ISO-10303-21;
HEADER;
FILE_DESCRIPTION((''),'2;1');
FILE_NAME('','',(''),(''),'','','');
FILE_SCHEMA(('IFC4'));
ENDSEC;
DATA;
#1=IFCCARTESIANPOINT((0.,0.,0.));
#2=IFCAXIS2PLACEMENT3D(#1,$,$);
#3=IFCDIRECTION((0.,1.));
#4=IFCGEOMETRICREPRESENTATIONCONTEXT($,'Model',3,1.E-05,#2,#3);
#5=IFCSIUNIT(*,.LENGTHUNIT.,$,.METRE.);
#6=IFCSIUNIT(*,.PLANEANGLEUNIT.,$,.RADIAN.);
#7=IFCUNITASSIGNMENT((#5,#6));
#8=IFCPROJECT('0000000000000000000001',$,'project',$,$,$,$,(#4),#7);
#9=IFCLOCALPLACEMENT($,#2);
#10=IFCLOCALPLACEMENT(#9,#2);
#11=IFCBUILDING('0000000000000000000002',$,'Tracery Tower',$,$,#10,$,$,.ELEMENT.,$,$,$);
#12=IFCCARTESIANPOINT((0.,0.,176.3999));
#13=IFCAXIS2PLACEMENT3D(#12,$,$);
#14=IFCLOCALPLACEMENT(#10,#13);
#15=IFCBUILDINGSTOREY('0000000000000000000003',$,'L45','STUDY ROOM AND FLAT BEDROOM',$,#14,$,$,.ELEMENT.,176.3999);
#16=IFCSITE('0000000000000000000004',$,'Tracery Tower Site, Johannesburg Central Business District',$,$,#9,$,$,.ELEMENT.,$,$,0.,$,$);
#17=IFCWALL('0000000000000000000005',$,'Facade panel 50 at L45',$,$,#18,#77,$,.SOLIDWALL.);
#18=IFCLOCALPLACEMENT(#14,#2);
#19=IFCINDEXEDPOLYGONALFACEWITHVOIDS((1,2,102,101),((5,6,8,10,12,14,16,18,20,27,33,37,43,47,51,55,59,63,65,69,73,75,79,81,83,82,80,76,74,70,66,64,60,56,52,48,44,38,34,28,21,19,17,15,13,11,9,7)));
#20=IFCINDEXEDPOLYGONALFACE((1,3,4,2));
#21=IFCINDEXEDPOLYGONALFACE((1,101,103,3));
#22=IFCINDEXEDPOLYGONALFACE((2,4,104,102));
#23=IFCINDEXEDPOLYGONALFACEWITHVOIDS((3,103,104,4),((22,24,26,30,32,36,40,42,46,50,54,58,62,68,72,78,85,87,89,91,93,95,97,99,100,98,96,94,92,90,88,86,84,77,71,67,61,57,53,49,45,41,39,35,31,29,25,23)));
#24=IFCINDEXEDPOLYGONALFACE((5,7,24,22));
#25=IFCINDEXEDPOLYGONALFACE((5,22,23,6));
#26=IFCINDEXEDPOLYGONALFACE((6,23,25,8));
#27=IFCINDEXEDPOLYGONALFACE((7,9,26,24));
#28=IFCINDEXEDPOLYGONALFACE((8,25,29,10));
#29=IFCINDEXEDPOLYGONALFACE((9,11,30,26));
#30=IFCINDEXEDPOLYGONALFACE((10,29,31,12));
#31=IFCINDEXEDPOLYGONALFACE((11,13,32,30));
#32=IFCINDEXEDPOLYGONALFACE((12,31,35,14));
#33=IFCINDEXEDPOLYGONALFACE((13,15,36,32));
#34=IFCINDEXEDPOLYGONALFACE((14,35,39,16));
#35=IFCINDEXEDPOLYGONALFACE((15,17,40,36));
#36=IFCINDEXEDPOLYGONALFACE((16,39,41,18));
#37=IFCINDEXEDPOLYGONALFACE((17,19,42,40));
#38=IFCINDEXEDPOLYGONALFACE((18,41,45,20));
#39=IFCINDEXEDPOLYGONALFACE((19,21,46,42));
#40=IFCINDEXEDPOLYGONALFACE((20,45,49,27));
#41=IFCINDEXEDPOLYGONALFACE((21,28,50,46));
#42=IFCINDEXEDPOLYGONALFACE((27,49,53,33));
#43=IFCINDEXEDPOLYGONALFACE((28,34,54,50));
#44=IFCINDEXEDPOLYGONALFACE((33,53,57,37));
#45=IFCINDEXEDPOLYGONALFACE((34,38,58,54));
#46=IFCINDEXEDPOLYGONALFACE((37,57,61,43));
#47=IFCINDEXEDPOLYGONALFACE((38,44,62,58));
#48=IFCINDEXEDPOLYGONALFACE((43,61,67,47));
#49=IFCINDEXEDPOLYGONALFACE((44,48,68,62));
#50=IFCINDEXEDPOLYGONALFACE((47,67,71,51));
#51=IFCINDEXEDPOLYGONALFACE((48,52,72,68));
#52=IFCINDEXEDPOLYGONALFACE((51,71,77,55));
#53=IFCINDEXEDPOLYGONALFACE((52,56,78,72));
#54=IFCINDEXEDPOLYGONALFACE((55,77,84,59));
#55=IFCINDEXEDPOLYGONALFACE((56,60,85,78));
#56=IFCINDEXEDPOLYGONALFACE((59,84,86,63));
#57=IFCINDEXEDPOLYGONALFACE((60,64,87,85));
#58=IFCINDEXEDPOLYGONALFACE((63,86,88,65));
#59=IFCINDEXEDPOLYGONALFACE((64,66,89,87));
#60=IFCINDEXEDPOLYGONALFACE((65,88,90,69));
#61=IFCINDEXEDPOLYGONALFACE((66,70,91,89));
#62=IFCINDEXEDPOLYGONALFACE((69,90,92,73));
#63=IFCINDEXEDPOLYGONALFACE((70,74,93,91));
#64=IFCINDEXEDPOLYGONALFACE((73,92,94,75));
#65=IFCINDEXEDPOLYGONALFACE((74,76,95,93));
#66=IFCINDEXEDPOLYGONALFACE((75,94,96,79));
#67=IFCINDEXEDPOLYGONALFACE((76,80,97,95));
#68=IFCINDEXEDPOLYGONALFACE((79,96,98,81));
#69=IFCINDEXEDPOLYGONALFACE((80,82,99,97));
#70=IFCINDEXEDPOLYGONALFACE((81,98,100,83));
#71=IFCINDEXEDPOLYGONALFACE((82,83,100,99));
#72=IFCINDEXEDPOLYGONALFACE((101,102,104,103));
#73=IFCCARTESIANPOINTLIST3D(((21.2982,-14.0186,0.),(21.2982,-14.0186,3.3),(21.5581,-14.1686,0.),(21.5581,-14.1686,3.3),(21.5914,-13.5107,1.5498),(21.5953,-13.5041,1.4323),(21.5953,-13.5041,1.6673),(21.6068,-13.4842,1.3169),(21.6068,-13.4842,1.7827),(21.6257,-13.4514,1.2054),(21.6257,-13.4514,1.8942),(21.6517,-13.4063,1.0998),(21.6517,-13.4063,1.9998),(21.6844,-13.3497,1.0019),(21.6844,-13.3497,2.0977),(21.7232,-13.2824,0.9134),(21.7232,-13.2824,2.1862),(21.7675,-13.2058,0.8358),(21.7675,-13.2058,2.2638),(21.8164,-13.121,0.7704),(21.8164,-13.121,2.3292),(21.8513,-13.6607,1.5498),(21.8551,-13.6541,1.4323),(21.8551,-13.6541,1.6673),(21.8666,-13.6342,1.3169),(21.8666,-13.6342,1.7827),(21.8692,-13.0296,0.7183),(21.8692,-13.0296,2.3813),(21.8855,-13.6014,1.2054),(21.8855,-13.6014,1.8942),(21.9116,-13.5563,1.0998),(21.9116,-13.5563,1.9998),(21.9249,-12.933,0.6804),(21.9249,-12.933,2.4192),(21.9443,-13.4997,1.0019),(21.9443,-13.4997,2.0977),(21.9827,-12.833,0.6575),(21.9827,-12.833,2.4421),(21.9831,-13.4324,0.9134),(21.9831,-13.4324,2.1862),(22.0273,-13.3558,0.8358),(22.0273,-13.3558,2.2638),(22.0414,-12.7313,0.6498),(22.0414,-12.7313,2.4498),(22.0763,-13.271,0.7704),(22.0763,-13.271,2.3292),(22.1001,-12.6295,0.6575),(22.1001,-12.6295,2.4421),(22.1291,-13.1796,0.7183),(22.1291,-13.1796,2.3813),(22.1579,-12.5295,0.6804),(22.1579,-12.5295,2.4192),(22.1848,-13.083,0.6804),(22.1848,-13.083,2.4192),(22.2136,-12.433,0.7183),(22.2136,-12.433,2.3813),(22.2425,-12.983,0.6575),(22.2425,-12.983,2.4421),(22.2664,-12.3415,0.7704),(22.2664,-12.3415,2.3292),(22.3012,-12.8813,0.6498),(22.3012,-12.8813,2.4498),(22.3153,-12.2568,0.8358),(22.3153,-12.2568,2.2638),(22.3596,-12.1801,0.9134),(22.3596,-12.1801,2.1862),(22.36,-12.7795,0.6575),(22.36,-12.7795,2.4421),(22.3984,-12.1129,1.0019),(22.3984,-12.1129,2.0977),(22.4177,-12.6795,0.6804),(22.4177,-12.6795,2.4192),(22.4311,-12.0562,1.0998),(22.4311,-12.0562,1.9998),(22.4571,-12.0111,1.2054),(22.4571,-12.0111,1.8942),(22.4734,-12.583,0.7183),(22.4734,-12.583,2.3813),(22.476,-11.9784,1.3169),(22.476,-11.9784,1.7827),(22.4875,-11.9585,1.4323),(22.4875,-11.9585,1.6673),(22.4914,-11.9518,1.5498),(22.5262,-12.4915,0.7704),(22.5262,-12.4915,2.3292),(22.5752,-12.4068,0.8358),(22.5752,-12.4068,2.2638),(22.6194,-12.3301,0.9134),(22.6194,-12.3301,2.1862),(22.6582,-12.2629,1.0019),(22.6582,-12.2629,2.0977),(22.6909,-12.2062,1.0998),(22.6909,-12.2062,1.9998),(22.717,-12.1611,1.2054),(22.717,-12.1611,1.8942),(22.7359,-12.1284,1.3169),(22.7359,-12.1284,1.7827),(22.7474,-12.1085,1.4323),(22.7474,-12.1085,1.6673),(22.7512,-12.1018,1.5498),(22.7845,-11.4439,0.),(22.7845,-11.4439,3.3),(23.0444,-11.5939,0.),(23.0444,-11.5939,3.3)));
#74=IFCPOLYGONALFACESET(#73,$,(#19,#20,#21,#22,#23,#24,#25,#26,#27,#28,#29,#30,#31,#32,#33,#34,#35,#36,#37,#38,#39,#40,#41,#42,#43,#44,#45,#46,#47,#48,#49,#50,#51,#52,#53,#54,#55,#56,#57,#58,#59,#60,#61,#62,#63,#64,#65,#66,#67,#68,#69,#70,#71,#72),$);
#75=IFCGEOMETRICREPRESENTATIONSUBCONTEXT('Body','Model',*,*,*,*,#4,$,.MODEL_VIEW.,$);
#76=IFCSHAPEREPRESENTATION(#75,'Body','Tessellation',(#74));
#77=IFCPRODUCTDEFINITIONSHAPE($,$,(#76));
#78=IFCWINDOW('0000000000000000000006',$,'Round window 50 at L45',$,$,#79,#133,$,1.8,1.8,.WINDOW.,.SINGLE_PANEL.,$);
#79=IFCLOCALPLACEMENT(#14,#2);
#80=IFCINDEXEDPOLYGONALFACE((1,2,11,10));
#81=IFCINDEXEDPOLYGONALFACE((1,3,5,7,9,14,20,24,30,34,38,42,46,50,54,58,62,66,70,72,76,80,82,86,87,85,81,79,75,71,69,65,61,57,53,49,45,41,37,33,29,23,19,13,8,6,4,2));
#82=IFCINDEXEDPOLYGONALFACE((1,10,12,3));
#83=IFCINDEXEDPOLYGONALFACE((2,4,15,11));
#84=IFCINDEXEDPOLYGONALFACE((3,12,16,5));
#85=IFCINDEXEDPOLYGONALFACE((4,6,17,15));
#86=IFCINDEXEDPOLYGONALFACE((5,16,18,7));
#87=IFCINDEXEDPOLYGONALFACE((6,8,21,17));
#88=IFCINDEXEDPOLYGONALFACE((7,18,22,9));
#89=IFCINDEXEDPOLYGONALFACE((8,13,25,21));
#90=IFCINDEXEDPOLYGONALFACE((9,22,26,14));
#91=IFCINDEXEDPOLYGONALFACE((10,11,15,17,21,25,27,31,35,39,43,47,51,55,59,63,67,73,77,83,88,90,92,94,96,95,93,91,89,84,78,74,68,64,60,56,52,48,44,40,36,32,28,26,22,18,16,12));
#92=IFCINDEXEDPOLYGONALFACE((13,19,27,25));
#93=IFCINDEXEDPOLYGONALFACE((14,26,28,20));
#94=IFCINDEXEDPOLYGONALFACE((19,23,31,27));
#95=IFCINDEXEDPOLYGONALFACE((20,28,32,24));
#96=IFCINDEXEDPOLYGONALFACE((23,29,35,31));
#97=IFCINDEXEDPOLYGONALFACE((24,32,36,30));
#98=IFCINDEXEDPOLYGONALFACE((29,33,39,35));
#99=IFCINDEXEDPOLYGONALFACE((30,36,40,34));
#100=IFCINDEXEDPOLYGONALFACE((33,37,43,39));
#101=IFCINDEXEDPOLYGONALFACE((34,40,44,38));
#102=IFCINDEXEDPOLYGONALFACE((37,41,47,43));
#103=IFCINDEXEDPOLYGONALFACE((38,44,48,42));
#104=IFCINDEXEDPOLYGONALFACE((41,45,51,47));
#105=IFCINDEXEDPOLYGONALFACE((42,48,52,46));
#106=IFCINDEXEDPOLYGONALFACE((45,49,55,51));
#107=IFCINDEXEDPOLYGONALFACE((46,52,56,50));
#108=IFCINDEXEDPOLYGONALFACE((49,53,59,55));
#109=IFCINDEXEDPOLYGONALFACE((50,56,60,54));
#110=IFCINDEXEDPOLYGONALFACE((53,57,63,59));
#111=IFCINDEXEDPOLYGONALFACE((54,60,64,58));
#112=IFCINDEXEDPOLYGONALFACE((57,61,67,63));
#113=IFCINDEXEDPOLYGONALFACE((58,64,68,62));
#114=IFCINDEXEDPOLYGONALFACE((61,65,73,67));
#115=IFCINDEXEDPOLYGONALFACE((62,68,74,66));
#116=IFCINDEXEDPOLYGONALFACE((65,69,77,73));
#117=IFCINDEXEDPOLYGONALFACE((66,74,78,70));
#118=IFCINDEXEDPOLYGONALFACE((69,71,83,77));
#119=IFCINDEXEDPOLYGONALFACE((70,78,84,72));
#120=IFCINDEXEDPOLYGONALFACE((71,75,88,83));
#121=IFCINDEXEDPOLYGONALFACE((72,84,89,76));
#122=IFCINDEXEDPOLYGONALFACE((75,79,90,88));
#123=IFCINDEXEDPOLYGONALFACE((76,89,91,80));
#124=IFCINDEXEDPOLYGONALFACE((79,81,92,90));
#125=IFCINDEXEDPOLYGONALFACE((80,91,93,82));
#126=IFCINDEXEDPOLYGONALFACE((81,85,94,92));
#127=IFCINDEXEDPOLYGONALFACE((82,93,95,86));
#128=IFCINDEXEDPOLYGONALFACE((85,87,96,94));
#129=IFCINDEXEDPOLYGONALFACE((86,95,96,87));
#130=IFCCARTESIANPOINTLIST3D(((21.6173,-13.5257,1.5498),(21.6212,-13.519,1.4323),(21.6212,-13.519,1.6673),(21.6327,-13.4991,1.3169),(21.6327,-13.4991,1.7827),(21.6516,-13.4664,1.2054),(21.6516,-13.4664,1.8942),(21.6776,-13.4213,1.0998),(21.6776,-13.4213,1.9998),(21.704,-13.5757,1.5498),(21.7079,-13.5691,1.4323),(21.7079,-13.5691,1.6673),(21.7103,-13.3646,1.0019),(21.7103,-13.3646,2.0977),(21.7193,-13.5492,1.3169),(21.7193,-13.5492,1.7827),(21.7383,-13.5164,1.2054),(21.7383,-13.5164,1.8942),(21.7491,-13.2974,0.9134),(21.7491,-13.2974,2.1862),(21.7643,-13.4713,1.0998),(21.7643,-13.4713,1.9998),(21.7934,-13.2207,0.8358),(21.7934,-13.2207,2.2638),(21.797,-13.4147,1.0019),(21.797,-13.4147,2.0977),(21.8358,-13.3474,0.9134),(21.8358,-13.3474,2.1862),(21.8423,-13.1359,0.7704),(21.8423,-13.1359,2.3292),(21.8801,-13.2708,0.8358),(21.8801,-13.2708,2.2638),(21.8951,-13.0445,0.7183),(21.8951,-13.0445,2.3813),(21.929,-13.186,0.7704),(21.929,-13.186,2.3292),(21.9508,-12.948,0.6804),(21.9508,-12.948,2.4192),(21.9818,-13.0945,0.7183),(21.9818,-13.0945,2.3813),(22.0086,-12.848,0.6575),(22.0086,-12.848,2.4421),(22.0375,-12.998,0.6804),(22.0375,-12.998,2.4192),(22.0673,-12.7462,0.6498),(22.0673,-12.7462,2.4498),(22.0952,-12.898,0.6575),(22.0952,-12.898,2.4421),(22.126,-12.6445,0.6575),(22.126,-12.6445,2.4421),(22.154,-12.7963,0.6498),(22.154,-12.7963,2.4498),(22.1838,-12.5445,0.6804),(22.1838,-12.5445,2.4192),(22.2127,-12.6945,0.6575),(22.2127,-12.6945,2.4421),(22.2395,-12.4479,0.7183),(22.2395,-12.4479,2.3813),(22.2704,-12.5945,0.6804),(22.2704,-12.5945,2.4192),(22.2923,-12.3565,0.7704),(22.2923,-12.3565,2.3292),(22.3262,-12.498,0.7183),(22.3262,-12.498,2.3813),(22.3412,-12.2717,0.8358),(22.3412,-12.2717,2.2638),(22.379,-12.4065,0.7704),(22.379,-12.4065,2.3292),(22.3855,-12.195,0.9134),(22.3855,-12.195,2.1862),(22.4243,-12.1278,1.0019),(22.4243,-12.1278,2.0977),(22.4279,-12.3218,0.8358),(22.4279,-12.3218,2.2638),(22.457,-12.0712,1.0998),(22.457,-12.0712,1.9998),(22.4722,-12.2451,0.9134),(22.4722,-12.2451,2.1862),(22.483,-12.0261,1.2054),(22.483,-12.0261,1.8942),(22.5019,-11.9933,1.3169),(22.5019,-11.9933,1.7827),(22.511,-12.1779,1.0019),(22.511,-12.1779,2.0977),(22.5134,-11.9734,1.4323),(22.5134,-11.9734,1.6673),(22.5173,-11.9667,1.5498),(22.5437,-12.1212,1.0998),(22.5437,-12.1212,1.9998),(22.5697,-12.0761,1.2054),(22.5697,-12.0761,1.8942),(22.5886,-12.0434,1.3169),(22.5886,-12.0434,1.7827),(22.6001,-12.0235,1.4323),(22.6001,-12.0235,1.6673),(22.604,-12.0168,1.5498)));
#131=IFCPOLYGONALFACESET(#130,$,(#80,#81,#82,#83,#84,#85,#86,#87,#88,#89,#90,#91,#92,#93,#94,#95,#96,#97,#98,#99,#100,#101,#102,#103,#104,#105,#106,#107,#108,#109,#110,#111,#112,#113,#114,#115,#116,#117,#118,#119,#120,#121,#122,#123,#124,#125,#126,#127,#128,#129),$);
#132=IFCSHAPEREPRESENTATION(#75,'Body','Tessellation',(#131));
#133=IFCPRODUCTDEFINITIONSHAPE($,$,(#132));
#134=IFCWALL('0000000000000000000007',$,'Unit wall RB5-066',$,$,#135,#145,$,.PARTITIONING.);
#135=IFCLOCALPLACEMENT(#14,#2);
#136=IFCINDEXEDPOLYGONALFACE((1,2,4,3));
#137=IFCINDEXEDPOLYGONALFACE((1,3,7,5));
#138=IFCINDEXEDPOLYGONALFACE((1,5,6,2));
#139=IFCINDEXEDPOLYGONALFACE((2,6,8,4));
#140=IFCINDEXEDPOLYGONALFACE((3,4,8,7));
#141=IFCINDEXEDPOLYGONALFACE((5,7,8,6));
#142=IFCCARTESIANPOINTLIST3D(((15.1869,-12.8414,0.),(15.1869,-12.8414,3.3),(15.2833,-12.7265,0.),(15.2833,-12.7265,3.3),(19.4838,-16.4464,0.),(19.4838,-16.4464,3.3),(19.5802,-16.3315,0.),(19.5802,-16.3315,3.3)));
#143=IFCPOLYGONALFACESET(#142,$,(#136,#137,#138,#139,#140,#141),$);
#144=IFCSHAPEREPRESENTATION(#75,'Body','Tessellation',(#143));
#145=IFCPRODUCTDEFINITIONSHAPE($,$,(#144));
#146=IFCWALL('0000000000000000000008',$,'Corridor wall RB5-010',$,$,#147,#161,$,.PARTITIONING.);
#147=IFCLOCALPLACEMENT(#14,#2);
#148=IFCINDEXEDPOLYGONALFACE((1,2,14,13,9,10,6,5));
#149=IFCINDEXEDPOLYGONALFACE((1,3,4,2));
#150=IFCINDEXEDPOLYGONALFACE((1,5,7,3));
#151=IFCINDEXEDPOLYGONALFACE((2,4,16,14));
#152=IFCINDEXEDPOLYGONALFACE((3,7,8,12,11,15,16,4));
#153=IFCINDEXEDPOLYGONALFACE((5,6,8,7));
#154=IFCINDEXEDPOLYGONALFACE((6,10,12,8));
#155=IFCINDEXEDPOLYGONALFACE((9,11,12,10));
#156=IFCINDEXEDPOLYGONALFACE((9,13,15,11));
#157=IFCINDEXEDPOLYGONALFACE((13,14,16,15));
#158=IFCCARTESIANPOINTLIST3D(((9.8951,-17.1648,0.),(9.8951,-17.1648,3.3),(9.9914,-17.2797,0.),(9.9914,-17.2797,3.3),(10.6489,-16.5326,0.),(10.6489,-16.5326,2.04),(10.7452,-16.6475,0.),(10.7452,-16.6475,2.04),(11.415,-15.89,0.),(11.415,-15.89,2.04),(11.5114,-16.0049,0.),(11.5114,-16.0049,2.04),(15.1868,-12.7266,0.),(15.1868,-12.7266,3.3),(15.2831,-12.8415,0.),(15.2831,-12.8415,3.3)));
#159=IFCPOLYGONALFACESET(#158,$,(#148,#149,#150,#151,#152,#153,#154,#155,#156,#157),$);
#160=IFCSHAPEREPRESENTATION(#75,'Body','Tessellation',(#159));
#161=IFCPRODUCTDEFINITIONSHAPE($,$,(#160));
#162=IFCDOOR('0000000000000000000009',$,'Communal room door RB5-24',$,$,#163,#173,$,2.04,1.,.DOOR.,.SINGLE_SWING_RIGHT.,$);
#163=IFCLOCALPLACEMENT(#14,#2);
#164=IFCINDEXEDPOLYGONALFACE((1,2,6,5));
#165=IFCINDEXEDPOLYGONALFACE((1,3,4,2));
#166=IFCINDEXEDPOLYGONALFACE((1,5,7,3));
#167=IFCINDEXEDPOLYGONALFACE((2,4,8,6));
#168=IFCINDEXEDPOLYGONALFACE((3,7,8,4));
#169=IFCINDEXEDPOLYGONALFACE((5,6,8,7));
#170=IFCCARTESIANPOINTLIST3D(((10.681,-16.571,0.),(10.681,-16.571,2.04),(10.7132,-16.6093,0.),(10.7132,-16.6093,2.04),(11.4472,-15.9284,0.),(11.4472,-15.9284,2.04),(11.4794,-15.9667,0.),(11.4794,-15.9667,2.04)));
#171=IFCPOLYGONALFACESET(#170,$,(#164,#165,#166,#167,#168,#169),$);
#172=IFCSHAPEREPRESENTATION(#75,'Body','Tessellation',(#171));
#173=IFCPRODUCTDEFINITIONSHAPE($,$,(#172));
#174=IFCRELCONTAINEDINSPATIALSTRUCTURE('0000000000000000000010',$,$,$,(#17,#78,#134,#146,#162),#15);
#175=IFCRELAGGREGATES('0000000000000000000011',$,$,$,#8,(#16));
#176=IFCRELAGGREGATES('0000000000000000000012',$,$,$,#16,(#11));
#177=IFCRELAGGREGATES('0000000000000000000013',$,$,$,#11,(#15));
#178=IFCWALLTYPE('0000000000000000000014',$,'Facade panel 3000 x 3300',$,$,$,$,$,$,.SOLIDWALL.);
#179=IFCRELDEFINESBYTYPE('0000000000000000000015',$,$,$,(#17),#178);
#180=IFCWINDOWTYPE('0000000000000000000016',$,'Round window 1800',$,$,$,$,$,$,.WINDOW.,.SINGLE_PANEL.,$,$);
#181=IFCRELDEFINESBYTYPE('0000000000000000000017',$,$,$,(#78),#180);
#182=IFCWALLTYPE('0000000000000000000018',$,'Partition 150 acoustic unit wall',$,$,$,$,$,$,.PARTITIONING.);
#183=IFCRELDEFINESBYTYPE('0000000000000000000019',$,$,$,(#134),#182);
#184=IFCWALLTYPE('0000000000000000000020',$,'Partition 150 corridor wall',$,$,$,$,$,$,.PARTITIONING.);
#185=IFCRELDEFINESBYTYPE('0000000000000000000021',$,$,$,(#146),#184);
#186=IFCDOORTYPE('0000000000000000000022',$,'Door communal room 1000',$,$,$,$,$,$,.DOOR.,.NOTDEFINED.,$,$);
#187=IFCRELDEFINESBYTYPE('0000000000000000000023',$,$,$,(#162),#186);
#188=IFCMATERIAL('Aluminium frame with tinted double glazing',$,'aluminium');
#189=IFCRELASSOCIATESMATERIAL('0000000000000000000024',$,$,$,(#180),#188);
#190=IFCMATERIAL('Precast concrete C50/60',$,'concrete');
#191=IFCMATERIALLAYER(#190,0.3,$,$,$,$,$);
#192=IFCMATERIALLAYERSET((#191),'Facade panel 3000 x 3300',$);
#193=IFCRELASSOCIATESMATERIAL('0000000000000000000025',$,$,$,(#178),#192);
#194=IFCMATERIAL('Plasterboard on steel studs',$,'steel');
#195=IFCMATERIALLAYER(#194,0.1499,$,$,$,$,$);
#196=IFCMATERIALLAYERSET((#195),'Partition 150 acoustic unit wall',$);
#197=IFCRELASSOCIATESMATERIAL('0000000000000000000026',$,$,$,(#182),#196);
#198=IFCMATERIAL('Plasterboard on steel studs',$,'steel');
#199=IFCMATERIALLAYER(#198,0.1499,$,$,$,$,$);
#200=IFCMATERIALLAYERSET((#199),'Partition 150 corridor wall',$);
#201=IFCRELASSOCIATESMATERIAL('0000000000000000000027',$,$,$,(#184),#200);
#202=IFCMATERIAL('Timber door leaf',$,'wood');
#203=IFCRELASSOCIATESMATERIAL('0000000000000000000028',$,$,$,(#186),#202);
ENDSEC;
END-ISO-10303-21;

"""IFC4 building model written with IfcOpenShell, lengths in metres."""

from ifc_helpers import new_model, si_unit, direction, frame, frame_2d, origin, origin_2d, place, context, subcontext, project, spatial, rectangle, circle, extrude, material, layer, layer_set, type_object, element, fill, save


model = new_model("IFC4")

# Units and contexts
model_context = context("Model", 3, precision=1e-05, world=origin(), true_north=direction((0.0, 1.0)))
body_context = subcontext(model_context, "Body", "Model", "MODEL_VIEW")
ifc_project = project(units=[si_unit("LENGTHUNIT", "METRE"), si_unit("PLANEANGLEUNIT", "RADIAN")], contexts=[model_context])

# Site, building, storey
site_placement = place(None, origin())
site = spatial("IfcSite", under=ifc_project, at=site_placement, Name="Tracery Tower Site, Johannesburg Central Business District", CompositionType="ELEMENT", RefElevation=0.0)
building_placement = place(site_placement, origin())
building = spatial("IfcBuilding", under=site, at=building_placement, Name="Tracery Tower", CompositionType="ELEMENT")
storey_placement = place(building_placement, frame((0.0, 0.0, 176.3999)))
storey = spatial("IfcBuildingStorey", under=building, at=storey_placement, Name="L45", Description="STUDY ROOM AND FLAT BEDROOM", CompositionType="ELEMENT", Elevation=176.3999)

# Wall, opening, window
ifc_material_1 = material(Name="Aluminium frame with tinted double glazing", Category="aluminium")
window_type = type_object("IfcWindowType", Name="Round window 1800", PartitioningType="SINGLE_PANEL", PredefinedType="WINDOW", material=ifc_material_1)
ifc_material_2 = material(Name="Precast concrete C50/60", Category="concrete")
ifc_layer_1 = layer(ifc_material_2, 0.3)
ifc_layer_set_1 = layer_set([ifc_layer_1], Name="Facade panel 3000 x 3300")
wall_type_1 = type_object("IfcWallType", Name="Facade panel 3000 x 3300", PredefinedType="SOLIDWALL", material=ifc_layer_set_1)
wall_1_placement = place(storey_placement, frame((21.4282, -14.0935, 0.0), z_axis=(0.0, 0.0, 1.0), x_axis=(0.499955, 0.866052, 0.0)))
wall_1 = element("IfcWall", 1, at=wall_1_placement, inside=storey, type_object=wall_type_1, Name="Facade panel 50 at L45", PredefinedType="SOLIDWALL", context=body_context, shape_type="SweptSolid", body=[
    extrude(rectangle(XDim=2.9729, YDim=0.3, at=frame_2d((1.4863, 0.0))), origin(), (0.0, 0.0, 1.0), 3.3),
])
opening_1_placement = place(wall_1_placement, frame((1.4863, 0.0, 1.5498)))
opening_1 = element("IfcOpeningElement", 2, at=opening_1_placement, cuts=wall_1, PredefinedType="OPENING", context=body_context, shape_type="SweptSolid", body=[
    extrude(circle(Radius=0.9, at=origin_2d()), frame((0.0, 0.1599, 0.0), z_axis=(0.0, -1.0, 0.0), x_axis=(1.0, 0.0, 0.0)), (0.0, 0.0, 1.0), 0.3201),
])
window_1_placement = place(opening_1_placement, origin())
window_1 = element("IfcWindow", 3, at=window_1_placement, inside=storey, type_object=window_type, Name="Round window 50 at L45", OverallHeight=1.8, OverallWidth=1.8, PartitioningType="SINGLE_PANEL", PredefinedType="WINDOW", context=body_context, shape_type="SweptSolid", body=[
    extrude(circle(Radius=0.9, at=origin_2d()), frame((0.0, 0.1201, 0.0), z_axis=(0.0, -1.0, 0.0), x_axis=(1.0, 0.0, 0.0)), (0.0, 0.0, 1.0), 0.1001),
])
fill(opening_1, window_1)

# Wall
ifc_material_3 = material(Name="Plasterboard on steel studs", Category="steel")
ifc_layer_2 = layer(ifc_material_3, 0.1499)
ifc_layer_set_2 = layer_set([ifc_layer_2], Name="Partition 150 acoustic unit wall")
wall_type_2 = type_object("IfcWallType", Name="Partition 150 acoustic unit wall", PredefinedType="PARTITIONING", material=ifc_layer_set_2)
wall_2_placement = place(storey_placement, frame((15.2351, -12.7839, 0.0), z_axis=(0.0, 0.0, 1.0), x_axis=(0.766091, -0.642733, 0.0)))
element("IfcWall", 4, at=wall_2_placement, inside=storey, type_object=wall_type_2, Name="Unit wall RB5-066", PredefinedType="PARTITIONING", context=body_context, shape_type="SweptSolid", body=[
    extrude(rectangle(XDim=5.6089, YDim=0.1499, at=frame_2d((2.8044, 0.0))), origin(), (0.0, 0.0, 1.0), 3.3),
])

# Wall, opening, door
ifc_material_4 = material(Name="Plasterboard on steel studs", Category="steel")
ifc_layer_3 = layer(ifc_material_4, 0.1499)
ifc_layer_set_3 = layer_set([ifc_layer_3], Name="Partition 150 corridor wall")
wall_type_3 = type_object("IfcWallType", Name="Partition 150 corridor wall", PredefinedType="PARTITIONING", material=ifc_layer_set_3)
wall_3_placement = place(storey_placement, frame((9.9434, -17.2222, 0.0), z_axis=(0.0, 0.0, 1.0), x_axis=(0.766192, 0.642612, 0.0)))
wall_3 = element("IfcWall", 5, at=wall_3_placement, inside=storey, type_object=wall_type_3, Name="Corridor wall RB5-010", PredefinedType="PARTITIONING", context=body_context, shape_type="SweptSolid", body=[
    extrude(rectangle(XDim=6.9065, YDim=0.1499, at=frame_2d((3.4531, 0.0))), origin(), (0.0, 0.0, 1.0), 3.3),
])
opening_2_placement = place(wall_3_placement, frame((0.9836, 0.0, 0.0)))
opening_2 = element("IfcOpeningElement", 6, at=opening_2_placement, cuts=wall_3, PredefinedType="OPENING", context=body_context, shape_type="SweptSolid", body=[
    extrude(rectangle(XDim=1.0, YDim=2.04, at=frame_2d((0.5, 1.02))), frame((0.0, 0.075, 0.0), z_axis=(0.0, -1.0, 0.0), x_axis=(1.0, 0.0, 0.0)), (0.0, 0.0, 1.0), 0.1499),
])
ifc_material_5 = material(Name="Timber door leaf", Category="wood")
door_type_1 = type_object("IfcDoorType", Name="Door communal room 1000", OperationType="NOTDEFINED", PredefinedType="DOOR", material=ifc_material_5)
door_1_placement = place(opening_2_placement, origin())
door_1 = element("IfcDoor", 7, at=door_1_placement, inside=storey, type_object=door_type_1, Name="Communal room door RB5-24", OperationType="SINGLE_SWING_RIGHT", OverallHeight=2.04, OverallWidth=1.0, PredefinedType="DOOR", context=body_context, shape_type="SweptSolid", body=[
    extrude(rectangle(XDim=1.0, YDim=2.04, at=frame_2d((0.5, 1.02))), frame((0.0, 0.0249, 0.0), z_axis=(0.0, -1.0, 0.0), x_axis=(1.0, 0.0, 0.0)), (0.0, 0.0, 1.0), 0.05),
])
fill(opening_2, door_1)

save(model, "model.ifc")
